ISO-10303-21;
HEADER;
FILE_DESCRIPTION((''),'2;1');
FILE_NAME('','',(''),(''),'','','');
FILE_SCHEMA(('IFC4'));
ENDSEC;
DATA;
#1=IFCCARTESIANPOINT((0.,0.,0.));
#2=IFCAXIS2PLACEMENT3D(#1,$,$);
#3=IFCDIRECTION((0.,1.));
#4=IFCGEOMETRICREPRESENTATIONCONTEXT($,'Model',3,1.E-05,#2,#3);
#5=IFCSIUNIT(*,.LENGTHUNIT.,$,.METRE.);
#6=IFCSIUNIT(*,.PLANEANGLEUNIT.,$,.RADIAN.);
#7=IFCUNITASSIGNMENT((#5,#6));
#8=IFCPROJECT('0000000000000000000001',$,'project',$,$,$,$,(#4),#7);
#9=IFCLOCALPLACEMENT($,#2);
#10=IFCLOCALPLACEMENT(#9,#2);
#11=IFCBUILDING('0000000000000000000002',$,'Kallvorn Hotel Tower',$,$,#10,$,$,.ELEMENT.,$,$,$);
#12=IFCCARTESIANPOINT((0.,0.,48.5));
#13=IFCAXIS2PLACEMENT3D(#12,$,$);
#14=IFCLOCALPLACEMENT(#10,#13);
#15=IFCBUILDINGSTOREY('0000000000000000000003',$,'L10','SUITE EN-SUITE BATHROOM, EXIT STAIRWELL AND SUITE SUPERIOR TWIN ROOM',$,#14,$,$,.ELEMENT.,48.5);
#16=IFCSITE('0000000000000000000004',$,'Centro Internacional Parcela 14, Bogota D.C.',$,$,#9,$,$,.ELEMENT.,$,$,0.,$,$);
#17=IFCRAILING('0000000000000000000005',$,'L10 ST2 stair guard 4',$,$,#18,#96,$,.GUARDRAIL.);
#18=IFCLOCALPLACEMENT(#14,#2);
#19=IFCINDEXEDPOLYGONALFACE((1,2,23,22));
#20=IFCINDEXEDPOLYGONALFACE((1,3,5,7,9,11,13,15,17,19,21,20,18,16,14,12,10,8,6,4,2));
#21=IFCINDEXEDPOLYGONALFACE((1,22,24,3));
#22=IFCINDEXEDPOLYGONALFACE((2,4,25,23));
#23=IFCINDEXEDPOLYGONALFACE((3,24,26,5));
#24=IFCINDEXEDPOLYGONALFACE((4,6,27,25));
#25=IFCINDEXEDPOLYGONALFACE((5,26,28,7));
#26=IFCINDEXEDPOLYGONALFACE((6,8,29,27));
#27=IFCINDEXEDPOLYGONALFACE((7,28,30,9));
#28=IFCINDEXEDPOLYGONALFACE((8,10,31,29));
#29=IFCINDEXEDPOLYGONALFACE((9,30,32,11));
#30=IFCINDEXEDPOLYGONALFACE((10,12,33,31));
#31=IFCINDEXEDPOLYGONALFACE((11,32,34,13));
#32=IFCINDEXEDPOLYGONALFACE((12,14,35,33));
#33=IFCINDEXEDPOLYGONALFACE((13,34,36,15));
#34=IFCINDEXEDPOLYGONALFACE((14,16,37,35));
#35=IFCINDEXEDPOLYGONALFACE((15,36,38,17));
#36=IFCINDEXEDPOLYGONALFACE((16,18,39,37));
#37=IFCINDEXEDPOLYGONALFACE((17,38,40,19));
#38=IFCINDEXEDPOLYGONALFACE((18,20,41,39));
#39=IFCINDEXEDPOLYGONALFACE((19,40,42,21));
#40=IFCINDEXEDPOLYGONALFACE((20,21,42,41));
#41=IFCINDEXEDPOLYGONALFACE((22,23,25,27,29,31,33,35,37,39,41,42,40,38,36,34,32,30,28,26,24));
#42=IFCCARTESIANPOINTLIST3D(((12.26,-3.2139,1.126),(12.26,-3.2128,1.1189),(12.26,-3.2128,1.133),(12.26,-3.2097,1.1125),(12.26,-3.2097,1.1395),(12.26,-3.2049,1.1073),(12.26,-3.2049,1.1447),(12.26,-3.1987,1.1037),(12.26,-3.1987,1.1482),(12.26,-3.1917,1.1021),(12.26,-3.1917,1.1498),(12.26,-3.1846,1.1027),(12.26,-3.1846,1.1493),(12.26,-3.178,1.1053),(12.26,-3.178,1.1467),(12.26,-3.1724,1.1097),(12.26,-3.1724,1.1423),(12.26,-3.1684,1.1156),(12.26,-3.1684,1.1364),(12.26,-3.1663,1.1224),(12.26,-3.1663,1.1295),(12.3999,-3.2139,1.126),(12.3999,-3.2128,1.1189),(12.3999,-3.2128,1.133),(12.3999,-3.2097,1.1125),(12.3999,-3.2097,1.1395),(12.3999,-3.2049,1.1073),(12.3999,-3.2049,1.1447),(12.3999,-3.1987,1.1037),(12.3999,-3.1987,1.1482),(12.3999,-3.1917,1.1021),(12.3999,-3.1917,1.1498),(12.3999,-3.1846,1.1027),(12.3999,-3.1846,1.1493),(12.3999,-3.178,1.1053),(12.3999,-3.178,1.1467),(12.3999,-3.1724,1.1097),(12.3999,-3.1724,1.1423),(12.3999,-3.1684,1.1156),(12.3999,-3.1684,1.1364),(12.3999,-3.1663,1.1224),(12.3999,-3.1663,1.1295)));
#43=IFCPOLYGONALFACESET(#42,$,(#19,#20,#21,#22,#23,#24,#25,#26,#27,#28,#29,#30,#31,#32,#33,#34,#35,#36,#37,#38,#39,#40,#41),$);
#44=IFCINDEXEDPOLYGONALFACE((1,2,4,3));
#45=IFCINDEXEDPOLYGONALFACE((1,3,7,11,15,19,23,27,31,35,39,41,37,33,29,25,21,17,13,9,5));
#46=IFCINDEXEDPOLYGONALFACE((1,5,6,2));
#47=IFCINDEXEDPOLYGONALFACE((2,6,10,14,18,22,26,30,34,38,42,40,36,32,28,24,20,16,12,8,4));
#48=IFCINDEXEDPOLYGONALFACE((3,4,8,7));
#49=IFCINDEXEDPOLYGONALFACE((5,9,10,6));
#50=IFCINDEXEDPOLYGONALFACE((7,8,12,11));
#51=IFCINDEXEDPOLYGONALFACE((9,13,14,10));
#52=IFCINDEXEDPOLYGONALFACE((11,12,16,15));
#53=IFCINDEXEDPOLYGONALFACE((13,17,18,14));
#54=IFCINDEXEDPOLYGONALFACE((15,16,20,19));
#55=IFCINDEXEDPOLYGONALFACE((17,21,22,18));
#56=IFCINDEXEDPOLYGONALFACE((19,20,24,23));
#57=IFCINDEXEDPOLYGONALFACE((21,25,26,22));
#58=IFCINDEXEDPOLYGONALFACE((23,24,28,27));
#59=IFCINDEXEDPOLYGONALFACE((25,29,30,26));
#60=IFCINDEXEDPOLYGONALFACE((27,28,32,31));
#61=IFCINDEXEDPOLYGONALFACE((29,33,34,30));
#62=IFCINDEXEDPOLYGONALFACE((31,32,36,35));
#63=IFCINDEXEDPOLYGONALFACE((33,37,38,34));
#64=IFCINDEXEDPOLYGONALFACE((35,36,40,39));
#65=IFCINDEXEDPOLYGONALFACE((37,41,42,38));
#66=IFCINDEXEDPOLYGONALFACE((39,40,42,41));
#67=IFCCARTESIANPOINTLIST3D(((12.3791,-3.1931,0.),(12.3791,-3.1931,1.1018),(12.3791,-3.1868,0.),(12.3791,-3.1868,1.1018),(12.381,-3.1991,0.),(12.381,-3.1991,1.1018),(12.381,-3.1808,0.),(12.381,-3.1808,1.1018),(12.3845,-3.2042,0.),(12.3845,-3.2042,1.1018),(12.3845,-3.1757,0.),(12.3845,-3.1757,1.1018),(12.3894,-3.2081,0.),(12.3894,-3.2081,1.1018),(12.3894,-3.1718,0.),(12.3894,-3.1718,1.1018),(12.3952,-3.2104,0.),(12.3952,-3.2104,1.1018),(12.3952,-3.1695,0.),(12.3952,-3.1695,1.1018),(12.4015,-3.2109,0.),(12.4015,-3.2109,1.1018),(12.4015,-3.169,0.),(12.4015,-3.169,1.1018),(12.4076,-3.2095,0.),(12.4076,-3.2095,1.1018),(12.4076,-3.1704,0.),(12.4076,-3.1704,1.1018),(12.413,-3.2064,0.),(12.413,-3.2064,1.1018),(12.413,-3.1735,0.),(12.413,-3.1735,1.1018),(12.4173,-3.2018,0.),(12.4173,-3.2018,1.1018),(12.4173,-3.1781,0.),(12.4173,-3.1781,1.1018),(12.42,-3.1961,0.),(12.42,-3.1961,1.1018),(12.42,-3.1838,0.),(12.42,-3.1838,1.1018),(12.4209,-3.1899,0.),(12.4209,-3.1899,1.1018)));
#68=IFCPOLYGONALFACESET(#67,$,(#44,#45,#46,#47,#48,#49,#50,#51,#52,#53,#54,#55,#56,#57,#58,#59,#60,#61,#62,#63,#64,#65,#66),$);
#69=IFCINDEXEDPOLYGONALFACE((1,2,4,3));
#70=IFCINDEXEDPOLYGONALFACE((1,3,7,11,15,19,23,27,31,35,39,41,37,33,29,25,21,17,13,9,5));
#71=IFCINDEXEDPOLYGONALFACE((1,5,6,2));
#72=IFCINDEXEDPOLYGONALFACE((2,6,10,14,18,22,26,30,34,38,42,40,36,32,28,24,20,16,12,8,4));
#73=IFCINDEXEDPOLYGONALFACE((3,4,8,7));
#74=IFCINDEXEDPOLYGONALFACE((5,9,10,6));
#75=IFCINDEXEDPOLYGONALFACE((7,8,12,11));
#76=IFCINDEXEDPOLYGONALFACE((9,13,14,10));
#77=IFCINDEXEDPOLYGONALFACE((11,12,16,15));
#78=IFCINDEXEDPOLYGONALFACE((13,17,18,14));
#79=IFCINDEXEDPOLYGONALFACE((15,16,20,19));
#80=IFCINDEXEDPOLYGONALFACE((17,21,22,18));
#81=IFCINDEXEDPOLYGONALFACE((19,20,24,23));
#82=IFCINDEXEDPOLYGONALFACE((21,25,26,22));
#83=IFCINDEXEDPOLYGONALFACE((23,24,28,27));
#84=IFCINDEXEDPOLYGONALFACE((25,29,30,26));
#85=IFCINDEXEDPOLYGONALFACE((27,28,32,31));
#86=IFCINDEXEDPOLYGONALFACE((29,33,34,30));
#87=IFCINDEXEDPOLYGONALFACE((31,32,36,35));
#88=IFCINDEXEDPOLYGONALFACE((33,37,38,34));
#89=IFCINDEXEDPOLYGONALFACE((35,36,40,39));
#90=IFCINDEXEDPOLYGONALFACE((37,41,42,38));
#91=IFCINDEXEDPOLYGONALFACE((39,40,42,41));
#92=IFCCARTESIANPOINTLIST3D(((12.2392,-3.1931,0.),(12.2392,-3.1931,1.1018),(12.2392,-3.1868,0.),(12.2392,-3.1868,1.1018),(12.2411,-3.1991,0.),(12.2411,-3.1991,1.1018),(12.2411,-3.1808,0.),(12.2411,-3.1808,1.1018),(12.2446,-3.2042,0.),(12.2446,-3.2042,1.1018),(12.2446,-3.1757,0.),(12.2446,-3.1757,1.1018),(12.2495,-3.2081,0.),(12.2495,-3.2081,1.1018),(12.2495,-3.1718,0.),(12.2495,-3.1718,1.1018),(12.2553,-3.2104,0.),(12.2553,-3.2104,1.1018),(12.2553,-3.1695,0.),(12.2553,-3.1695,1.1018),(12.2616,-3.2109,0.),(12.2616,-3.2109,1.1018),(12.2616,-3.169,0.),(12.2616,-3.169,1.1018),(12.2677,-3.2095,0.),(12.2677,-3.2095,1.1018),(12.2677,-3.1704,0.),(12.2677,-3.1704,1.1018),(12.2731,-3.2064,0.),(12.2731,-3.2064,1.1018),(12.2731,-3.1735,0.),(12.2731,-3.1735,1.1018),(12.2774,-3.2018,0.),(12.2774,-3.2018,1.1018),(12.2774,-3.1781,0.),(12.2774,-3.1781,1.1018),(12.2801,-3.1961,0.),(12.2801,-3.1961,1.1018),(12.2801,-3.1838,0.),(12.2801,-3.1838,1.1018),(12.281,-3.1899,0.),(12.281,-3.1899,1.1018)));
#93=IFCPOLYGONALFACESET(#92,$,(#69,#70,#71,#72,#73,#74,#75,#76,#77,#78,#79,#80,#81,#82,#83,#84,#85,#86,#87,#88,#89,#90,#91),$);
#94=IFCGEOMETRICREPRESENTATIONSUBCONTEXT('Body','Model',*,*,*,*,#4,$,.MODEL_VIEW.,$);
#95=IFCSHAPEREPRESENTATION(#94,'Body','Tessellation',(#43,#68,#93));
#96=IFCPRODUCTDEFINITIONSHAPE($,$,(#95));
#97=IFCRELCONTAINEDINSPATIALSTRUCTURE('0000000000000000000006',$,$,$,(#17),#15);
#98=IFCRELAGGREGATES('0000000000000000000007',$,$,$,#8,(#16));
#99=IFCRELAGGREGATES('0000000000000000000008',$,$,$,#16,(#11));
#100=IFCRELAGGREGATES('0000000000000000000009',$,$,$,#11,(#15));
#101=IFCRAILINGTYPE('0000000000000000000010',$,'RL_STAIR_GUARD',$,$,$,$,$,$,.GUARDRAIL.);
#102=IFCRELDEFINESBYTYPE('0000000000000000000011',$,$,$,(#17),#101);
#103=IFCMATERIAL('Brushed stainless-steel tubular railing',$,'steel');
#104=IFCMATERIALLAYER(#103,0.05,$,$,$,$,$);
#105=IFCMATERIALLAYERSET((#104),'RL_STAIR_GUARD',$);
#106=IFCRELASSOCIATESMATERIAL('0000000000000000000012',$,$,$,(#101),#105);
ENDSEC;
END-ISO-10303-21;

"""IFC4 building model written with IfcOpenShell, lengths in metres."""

from ifc_helpers import new_model, si_unit, direction, frame, origin, origin_2d, place, context, subcontext, project, spatial, circle, extrude, material, layer, layer_set, type_object, element, save


model = new_model("IFC4")

# Units and contexts
model_context = context("Model", 3, precision=1e-05, world=origin(), true_north=direction((0.0, 1.0)))
body_context = subcontext(model_context, "Body", "Model", "MODEL_VIEW")
ifc_project = project(units=[si_unit("LENGTHUNIT", "METRE"), si_unit("PLANEANGLEUNIT", "RADIAN")], contexts=[model_context])

# Site, building, storey
site_placement = place(None, origin())
site = spatial("IfcSite", under=ifc_project, at=site_placement, Name="Centro Internacional Parcela 14, Bogota D.C.", CompositionType="ELEMENT", RefElevation=0.0)
building_placement = place(site_placement, origin())
building = spatial("IfcBuilding", under=site, at=building_placement, Name="Kallvorn Hotel Tower", CompositionType="ELEMENT")
storey_placement = place(building_placement, frame((0.0, 0.0, 48.5)))
storey = spatial("IfcBuildingStorey", under=building, at=storey_placement, Name="L10", Description="SUITE EN-SUITE BATHROOM, EXIT STAIRWELL AND SUITE SUPERIOR TWIN ROOM", CompositionType="ELEMENT", Elevation=48.5)

# Railing
ifc_material_1 = material(Name="Brushed stainless-steel tubular railing", Category="steel")
ifc_layer_1 = layer(ifc_material_1, 0.05)
ifc_layer_set_1 = layer_set([ifc_layer_1], Name="RL_STAIR_GUARD")
railing_type_1 = type_object("IfcRailingType", Name="RL_STAIR_GUARD", PredefinedType="GUARDRAIL", material=ifc_layer_set_1)
railing_1_placement = place(storey_placement, frame((12.3999, -3.1899, 0.0)))
element("IfcRailing", 1, at=railing_1_placement, inside=storey, type_object=railing_type_1, Name="L10 ST2 stair guard 4", PredefinedType="GUARDRAIL", context=body_context, shape_type="SweptSolid", body=[
    extrude(circle(Radius=0.0239, at=origin_2d()), frame((0.0, 0.0, 1.126), z_axis=(-1.0, 0.0, 0.0), x_axis=(0.0, -1.0, 0.0)), (0.0, 0.0, 1.0), 0.1399),
    extrude(circle(Radius=0.021, at=origin_2d()), origin(), (0.0, 0.0, 1.0), 1.1018),
    extrude(circle(Radius=0.021, at=origin_2d()), frame((-0.1399, 0.0, 0.0)), (0.0, 0.0, 1.0), 1.1018),
])

save(model, "model.ifc")
